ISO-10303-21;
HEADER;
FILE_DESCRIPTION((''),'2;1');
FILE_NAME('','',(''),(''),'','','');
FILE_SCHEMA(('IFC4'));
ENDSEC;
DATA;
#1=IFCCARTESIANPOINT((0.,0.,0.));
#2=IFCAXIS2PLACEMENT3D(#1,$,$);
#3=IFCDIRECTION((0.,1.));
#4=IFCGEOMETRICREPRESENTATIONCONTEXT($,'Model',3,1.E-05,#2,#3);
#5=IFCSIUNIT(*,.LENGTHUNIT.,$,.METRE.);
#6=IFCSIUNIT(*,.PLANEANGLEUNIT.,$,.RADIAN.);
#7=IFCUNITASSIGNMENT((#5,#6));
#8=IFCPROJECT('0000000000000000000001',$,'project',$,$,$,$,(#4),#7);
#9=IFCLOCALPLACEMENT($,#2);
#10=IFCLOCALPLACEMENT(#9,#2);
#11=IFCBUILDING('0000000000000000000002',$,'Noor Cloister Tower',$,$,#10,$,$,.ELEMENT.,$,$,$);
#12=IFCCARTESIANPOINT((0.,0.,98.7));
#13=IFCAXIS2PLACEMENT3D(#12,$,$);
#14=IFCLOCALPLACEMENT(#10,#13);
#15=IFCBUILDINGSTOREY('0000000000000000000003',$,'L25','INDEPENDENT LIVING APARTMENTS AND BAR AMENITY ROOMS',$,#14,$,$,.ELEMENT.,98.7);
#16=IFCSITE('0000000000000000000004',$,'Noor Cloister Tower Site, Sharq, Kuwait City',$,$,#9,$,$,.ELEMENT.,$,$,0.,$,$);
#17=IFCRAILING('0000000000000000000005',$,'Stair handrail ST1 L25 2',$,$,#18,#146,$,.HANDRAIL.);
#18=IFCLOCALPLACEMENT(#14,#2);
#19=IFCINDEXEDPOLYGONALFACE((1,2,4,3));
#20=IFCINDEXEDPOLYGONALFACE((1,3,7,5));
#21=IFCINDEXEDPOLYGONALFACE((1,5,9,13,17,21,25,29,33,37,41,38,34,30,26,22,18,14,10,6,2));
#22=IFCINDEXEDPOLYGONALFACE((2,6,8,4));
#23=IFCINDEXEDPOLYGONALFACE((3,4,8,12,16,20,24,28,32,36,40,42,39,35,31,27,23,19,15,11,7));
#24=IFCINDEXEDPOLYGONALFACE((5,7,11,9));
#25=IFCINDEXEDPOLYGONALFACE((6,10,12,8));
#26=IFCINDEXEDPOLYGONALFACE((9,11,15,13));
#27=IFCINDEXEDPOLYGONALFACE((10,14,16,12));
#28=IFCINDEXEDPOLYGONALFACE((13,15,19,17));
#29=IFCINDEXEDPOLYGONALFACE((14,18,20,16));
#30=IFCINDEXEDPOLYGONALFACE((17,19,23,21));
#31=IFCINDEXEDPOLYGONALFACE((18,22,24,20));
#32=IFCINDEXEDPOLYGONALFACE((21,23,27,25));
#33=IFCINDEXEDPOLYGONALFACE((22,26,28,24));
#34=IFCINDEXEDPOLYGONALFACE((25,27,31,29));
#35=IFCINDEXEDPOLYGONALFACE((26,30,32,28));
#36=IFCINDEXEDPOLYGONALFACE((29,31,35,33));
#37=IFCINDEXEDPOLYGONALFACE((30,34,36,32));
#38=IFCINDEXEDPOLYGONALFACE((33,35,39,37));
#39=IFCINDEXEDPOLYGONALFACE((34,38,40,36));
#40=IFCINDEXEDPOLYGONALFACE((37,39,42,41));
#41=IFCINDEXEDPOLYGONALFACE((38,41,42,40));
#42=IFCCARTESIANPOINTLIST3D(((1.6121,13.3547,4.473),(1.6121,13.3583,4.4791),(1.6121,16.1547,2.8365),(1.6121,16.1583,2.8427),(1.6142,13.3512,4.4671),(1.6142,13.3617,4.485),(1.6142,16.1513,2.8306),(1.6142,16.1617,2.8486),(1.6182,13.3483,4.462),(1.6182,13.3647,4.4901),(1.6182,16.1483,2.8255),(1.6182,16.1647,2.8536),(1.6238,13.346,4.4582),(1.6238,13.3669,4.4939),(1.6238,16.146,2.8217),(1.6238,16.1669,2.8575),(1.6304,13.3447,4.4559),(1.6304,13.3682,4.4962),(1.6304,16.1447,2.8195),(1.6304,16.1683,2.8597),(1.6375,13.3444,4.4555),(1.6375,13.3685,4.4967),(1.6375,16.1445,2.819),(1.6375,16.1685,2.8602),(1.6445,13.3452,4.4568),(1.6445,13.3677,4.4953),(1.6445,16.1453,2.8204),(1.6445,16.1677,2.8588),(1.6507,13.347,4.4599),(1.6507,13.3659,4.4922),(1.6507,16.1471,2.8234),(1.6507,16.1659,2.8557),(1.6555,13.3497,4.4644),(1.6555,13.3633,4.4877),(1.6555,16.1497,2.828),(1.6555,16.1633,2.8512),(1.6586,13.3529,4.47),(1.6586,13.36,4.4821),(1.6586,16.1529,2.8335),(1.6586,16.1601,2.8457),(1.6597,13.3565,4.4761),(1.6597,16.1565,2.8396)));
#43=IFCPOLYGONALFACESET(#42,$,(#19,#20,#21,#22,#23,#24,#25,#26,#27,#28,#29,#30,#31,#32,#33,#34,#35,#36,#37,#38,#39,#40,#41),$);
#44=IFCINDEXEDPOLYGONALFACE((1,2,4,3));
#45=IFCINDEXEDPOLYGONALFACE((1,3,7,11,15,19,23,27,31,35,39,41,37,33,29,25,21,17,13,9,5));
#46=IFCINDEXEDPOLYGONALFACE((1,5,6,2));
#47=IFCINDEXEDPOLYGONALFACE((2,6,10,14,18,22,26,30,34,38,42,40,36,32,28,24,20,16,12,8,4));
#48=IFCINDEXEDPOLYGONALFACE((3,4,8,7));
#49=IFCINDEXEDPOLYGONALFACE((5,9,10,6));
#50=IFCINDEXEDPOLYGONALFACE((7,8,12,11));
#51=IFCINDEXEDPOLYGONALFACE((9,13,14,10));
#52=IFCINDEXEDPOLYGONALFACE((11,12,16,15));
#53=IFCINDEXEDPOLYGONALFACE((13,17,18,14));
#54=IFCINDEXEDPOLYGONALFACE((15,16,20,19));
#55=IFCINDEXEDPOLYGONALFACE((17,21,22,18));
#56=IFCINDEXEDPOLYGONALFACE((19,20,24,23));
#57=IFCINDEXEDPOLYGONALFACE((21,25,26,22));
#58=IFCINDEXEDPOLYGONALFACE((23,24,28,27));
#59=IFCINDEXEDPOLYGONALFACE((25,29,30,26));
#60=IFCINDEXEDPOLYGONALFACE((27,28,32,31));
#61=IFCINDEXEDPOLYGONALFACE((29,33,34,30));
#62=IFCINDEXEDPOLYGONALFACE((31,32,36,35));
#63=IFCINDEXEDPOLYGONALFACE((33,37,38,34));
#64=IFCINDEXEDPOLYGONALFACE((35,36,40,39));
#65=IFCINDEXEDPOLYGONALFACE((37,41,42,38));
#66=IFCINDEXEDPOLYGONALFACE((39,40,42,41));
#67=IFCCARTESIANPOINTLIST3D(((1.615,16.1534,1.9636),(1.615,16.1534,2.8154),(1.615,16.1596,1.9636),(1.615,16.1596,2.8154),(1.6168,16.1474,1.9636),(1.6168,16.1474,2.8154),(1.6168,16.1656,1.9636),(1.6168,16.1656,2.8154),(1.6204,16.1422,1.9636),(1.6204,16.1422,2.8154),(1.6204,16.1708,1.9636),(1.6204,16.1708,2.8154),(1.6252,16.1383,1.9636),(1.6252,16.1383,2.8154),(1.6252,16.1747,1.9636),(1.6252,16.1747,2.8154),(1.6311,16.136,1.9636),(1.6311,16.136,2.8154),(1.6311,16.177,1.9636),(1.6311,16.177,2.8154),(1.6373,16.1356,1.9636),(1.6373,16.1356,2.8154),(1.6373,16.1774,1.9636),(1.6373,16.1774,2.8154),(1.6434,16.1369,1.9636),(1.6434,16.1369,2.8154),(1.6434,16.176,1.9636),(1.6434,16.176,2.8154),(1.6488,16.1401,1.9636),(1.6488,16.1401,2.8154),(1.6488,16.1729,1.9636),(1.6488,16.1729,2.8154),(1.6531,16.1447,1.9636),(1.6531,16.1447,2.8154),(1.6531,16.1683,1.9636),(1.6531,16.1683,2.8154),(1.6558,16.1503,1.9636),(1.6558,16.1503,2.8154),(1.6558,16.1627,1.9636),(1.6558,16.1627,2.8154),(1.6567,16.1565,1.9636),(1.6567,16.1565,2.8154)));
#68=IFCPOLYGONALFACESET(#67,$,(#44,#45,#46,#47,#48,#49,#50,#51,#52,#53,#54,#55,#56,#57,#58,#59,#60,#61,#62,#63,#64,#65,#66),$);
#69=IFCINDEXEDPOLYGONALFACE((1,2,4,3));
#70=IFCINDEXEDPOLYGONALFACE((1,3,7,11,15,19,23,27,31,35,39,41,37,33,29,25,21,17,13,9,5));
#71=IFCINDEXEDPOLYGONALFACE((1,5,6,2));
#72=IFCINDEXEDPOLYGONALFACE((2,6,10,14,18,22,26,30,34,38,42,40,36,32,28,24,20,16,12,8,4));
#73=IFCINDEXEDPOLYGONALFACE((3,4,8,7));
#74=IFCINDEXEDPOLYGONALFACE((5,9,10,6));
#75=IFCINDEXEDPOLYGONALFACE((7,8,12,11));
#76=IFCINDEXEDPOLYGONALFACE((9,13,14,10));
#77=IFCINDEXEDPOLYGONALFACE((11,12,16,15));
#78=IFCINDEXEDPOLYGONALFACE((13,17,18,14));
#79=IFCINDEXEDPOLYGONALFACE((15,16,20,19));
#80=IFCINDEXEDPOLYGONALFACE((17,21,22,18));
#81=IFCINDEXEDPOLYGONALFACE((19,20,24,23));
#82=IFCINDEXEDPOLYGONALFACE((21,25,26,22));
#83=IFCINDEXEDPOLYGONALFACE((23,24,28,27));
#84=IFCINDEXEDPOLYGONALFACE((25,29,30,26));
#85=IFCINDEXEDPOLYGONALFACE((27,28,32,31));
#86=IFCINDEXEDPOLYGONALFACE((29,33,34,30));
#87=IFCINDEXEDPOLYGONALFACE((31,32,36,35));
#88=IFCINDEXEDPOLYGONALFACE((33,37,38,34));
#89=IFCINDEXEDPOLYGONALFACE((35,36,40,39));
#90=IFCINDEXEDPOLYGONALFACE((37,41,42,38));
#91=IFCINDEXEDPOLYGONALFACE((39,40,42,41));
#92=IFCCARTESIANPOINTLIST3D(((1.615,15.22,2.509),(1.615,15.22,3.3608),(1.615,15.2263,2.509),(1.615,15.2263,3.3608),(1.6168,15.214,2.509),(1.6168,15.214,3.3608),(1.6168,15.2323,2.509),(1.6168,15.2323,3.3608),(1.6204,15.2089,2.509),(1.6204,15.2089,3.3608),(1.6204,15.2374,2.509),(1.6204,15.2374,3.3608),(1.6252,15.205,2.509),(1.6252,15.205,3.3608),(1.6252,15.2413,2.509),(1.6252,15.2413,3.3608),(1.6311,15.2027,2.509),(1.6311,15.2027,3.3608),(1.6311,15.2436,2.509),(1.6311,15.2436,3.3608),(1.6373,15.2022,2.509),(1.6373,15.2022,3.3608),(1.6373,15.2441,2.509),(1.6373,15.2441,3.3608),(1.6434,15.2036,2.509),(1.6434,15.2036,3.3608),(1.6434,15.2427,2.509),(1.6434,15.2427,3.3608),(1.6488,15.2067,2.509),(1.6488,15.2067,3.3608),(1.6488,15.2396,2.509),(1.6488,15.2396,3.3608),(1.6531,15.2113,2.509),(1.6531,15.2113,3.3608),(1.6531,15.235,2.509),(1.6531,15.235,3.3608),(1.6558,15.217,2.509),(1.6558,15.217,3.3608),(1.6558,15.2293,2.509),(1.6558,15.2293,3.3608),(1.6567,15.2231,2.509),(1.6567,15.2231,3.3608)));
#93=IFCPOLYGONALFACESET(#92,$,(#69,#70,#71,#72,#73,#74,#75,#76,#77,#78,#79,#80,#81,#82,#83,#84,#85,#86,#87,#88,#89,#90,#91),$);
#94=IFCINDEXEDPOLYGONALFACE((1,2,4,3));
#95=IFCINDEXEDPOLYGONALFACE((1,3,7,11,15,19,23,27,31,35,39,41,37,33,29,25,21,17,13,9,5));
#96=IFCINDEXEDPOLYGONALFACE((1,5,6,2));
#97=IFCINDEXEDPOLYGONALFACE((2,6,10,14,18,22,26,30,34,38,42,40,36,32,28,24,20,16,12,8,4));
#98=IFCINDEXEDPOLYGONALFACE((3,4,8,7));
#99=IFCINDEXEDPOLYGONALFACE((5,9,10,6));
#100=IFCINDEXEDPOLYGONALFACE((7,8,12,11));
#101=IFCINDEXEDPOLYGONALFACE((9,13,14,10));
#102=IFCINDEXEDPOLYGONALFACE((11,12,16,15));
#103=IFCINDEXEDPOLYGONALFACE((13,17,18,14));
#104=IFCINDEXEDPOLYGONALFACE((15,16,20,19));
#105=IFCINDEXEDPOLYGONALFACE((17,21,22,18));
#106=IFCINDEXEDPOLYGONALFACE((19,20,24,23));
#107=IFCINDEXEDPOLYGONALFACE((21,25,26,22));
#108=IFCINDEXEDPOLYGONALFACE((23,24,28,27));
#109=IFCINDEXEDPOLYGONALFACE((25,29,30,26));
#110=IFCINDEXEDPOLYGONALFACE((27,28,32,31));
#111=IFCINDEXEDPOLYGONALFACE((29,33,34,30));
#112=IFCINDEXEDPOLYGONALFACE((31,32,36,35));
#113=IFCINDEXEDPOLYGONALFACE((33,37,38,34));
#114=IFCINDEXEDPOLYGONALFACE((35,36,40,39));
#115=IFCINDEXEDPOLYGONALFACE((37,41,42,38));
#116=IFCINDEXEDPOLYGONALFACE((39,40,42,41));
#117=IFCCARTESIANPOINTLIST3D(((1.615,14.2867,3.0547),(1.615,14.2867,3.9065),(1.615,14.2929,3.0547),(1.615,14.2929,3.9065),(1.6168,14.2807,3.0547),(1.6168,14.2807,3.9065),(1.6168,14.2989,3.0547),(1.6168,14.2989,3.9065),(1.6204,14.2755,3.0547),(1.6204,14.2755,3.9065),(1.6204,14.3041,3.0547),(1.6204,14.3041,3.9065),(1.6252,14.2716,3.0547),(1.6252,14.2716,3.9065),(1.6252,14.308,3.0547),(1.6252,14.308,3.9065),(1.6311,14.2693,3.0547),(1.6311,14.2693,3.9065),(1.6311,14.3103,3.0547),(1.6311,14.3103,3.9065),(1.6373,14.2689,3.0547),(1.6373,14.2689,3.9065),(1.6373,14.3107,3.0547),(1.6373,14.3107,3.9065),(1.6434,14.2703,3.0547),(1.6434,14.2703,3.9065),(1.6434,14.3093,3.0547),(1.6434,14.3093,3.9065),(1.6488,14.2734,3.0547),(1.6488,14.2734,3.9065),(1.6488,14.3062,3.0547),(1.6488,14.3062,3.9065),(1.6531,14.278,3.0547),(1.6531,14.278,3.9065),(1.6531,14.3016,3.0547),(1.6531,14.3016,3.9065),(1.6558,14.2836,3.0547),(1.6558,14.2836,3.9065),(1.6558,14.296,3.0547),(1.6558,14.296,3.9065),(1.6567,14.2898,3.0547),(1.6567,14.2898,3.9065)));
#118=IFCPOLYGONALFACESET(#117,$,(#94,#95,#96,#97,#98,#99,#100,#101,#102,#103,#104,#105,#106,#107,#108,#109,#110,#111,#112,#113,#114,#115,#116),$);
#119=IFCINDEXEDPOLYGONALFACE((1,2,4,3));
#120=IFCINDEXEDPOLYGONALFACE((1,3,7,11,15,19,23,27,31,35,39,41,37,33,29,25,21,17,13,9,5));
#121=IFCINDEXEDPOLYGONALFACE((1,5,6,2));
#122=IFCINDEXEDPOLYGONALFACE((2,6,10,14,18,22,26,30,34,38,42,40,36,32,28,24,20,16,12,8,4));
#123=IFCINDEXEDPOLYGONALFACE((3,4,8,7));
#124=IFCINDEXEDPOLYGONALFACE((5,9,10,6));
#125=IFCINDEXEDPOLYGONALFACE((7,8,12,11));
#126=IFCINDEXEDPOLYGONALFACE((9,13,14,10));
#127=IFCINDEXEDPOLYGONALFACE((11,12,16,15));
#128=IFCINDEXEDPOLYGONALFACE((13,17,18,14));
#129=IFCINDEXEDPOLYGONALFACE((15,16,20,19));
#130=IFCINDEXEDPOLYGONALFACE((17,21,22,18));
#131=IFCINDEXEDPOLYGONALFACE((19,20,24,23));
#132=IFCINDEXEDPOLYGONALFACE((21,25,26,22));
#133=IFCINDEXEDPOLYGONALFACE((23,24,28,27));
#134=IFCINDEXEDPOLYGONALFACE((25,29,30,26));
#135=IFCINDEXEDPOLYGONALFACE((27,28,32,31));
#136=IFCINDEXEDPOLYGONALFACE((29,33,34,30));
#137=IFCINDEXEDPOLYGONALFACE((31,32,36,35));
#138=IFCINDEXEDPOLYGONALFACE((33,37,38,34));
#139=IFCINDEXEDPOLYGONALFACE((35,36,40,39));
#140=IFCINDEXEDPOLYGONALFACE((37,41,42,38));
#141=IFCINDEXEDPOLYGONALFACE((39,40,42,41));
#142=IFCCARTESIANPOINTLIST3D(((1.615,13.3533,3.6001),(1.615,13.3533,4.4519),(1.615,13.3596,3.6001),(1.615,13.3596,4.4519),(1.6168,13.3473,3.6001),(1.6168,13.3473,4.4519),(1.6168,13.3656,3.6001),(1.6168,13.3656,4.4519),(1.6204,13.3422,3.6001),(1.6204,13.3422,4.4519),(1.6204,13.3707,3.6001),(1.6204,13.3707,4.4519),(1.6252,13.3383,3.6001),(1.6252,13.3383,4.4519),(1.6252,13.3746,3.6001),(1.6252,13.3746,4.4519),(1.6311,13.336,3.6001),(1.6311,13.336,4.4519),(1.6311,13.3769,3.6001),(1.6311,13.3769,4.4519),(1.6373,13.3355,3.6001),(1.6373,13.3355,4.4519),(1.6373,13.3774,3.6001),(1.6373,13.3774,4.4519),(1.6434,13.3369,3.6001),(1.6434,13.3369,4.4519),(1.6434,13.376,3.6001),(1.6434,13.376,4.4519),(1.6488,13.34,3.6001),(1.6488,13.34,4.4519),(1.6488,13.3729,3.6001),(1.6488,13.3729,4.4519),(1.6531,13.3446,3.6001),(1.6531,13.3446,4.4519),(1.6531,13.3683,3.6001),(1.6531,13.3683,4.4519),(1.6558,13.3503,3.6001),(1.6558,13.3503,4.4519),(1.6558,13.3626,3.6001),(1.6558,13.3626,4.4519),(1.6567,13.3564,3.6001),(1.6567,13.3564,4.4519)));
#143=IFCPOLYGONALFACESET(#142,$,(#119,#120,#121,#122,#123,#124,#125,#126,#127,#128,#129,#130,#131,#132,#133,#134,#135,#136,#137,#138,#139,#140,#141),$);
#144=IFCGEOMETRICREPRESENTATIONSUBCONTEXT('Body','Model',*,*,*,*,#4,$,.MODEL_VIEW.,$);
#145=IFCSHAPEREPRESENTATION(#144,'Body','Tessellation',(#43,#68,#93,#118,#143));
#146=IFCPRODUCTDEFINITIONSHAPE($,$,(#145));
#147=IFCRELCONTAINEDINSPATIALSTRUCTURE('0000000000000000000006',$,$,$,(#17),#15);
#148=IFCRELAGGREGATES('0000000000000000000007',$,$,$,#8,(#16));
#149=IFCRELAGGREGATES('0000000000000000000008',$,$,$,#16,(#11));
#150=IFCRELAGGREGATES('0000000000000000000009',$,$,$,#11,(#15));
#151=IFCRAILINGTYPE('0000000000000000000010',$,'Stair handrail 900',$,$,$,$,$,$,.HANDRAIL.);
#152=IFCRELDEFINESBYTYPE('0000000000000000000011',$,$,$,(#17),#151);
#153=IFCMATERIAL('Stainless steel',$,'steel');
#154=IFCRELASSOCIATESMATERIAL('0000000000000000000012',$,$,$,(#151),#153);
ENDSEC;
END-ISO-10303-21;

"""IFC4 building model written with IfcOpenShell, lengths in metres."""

from ifc_helpers import new_model, si_unit, direction, frame, origin, origin_2d, place, context, subcontext, project, spatial, circle, extrude, material, type_object, element, save


model = new_model("IFC4")

# Units and contexts
model_context = context("Model", 3, precision=1e-05, world=origin(), true_north=direction((0.0, 1.0)))
body_context = subcontext(model_context, "Body", "Model", "MODEL_VIEW")
ifc_project = project(units=[si_unit("LENGTHUNIT", "METRE"), si_unit("PLANEANGLEUNIT", "RADIAN")], contexts=[model_context])

# Site, building, storey
site_placement = place(None, origin())
site = spatial("IfcSite", under=ifc_project, at=site_placement, Name="Noor Cloister Tower Site, Sharq, Kuwait City", CompositionType="ELEMENT", RefElevation=0.0)
building_placement = place(site_placement, origin())
building = spatial("IfcBuilding", under=site, at=building_placement, Name="Noor Cloister Tower", CompositionType="ELEMENT")
storey_placement = place(building_placement, frame((0.0, 0.0, 98.7)))
storey = spatial("IfcBuildingStorey", under=building, at=storey_placement, Name="L25", Description="INDEPENDENT LIVING APARTMENTS AND BAR AMENITY ROOMS", CompositionType="ELEMENT", Elevation=98.7)

# Railing
ifc_material_1 = material(Name="Stainless steel", Category="steel")
railing_type_1 = type_object("IfcRailingType", Name="Stair handrail 900", PredefinedType="HANDRAIL", material=ifc_material_1)
railing_1_placement = place(storey_placement, frame((1.6357, 16.1565, 1.9636)))
element("IfcRailing", 1, at=railing_1_placement, inside=storey, type_object=railing_type_1, Name="Stair handrail ST1 L25 2", PredefinedType="HANDRAIL", context=body_context, shape_type="SweptSolid", body=[
    extrude(circle(Radius=0.0239, at=origin_2d()), frame((0.0, 0.0, 0.876), z_axis=(0.0, -0.863361, 0.504587), x_axis=(1.0, 0.0, 0.0)), (0.0, 0.0, 1.0), 3.2432),
    extrude(circle(Radius=0.021, at=origin_2d()), origin(), (0.0, 0.0, 1.0), 0.8518),
    extrude(circle(Radius=0.021, at=origin_2d()), frame((0.0, -0.9333, 0.5454)), (0.0, 0.0, 1.0), 0.8518),
    extrude(circle(Radius=0.021, at=origin_2d()), frame((0.0, -1.8667, 1.0911)), (0.0, 0.0, 1.0), 0.8518),
    extrude(circle(Radius=0.021, at=origin_2d()), frame((0.0, -2.8, 1.6365)), (0.0, 0.0, 1.0), 0.8518),
])

save(model, "model.ifc")
